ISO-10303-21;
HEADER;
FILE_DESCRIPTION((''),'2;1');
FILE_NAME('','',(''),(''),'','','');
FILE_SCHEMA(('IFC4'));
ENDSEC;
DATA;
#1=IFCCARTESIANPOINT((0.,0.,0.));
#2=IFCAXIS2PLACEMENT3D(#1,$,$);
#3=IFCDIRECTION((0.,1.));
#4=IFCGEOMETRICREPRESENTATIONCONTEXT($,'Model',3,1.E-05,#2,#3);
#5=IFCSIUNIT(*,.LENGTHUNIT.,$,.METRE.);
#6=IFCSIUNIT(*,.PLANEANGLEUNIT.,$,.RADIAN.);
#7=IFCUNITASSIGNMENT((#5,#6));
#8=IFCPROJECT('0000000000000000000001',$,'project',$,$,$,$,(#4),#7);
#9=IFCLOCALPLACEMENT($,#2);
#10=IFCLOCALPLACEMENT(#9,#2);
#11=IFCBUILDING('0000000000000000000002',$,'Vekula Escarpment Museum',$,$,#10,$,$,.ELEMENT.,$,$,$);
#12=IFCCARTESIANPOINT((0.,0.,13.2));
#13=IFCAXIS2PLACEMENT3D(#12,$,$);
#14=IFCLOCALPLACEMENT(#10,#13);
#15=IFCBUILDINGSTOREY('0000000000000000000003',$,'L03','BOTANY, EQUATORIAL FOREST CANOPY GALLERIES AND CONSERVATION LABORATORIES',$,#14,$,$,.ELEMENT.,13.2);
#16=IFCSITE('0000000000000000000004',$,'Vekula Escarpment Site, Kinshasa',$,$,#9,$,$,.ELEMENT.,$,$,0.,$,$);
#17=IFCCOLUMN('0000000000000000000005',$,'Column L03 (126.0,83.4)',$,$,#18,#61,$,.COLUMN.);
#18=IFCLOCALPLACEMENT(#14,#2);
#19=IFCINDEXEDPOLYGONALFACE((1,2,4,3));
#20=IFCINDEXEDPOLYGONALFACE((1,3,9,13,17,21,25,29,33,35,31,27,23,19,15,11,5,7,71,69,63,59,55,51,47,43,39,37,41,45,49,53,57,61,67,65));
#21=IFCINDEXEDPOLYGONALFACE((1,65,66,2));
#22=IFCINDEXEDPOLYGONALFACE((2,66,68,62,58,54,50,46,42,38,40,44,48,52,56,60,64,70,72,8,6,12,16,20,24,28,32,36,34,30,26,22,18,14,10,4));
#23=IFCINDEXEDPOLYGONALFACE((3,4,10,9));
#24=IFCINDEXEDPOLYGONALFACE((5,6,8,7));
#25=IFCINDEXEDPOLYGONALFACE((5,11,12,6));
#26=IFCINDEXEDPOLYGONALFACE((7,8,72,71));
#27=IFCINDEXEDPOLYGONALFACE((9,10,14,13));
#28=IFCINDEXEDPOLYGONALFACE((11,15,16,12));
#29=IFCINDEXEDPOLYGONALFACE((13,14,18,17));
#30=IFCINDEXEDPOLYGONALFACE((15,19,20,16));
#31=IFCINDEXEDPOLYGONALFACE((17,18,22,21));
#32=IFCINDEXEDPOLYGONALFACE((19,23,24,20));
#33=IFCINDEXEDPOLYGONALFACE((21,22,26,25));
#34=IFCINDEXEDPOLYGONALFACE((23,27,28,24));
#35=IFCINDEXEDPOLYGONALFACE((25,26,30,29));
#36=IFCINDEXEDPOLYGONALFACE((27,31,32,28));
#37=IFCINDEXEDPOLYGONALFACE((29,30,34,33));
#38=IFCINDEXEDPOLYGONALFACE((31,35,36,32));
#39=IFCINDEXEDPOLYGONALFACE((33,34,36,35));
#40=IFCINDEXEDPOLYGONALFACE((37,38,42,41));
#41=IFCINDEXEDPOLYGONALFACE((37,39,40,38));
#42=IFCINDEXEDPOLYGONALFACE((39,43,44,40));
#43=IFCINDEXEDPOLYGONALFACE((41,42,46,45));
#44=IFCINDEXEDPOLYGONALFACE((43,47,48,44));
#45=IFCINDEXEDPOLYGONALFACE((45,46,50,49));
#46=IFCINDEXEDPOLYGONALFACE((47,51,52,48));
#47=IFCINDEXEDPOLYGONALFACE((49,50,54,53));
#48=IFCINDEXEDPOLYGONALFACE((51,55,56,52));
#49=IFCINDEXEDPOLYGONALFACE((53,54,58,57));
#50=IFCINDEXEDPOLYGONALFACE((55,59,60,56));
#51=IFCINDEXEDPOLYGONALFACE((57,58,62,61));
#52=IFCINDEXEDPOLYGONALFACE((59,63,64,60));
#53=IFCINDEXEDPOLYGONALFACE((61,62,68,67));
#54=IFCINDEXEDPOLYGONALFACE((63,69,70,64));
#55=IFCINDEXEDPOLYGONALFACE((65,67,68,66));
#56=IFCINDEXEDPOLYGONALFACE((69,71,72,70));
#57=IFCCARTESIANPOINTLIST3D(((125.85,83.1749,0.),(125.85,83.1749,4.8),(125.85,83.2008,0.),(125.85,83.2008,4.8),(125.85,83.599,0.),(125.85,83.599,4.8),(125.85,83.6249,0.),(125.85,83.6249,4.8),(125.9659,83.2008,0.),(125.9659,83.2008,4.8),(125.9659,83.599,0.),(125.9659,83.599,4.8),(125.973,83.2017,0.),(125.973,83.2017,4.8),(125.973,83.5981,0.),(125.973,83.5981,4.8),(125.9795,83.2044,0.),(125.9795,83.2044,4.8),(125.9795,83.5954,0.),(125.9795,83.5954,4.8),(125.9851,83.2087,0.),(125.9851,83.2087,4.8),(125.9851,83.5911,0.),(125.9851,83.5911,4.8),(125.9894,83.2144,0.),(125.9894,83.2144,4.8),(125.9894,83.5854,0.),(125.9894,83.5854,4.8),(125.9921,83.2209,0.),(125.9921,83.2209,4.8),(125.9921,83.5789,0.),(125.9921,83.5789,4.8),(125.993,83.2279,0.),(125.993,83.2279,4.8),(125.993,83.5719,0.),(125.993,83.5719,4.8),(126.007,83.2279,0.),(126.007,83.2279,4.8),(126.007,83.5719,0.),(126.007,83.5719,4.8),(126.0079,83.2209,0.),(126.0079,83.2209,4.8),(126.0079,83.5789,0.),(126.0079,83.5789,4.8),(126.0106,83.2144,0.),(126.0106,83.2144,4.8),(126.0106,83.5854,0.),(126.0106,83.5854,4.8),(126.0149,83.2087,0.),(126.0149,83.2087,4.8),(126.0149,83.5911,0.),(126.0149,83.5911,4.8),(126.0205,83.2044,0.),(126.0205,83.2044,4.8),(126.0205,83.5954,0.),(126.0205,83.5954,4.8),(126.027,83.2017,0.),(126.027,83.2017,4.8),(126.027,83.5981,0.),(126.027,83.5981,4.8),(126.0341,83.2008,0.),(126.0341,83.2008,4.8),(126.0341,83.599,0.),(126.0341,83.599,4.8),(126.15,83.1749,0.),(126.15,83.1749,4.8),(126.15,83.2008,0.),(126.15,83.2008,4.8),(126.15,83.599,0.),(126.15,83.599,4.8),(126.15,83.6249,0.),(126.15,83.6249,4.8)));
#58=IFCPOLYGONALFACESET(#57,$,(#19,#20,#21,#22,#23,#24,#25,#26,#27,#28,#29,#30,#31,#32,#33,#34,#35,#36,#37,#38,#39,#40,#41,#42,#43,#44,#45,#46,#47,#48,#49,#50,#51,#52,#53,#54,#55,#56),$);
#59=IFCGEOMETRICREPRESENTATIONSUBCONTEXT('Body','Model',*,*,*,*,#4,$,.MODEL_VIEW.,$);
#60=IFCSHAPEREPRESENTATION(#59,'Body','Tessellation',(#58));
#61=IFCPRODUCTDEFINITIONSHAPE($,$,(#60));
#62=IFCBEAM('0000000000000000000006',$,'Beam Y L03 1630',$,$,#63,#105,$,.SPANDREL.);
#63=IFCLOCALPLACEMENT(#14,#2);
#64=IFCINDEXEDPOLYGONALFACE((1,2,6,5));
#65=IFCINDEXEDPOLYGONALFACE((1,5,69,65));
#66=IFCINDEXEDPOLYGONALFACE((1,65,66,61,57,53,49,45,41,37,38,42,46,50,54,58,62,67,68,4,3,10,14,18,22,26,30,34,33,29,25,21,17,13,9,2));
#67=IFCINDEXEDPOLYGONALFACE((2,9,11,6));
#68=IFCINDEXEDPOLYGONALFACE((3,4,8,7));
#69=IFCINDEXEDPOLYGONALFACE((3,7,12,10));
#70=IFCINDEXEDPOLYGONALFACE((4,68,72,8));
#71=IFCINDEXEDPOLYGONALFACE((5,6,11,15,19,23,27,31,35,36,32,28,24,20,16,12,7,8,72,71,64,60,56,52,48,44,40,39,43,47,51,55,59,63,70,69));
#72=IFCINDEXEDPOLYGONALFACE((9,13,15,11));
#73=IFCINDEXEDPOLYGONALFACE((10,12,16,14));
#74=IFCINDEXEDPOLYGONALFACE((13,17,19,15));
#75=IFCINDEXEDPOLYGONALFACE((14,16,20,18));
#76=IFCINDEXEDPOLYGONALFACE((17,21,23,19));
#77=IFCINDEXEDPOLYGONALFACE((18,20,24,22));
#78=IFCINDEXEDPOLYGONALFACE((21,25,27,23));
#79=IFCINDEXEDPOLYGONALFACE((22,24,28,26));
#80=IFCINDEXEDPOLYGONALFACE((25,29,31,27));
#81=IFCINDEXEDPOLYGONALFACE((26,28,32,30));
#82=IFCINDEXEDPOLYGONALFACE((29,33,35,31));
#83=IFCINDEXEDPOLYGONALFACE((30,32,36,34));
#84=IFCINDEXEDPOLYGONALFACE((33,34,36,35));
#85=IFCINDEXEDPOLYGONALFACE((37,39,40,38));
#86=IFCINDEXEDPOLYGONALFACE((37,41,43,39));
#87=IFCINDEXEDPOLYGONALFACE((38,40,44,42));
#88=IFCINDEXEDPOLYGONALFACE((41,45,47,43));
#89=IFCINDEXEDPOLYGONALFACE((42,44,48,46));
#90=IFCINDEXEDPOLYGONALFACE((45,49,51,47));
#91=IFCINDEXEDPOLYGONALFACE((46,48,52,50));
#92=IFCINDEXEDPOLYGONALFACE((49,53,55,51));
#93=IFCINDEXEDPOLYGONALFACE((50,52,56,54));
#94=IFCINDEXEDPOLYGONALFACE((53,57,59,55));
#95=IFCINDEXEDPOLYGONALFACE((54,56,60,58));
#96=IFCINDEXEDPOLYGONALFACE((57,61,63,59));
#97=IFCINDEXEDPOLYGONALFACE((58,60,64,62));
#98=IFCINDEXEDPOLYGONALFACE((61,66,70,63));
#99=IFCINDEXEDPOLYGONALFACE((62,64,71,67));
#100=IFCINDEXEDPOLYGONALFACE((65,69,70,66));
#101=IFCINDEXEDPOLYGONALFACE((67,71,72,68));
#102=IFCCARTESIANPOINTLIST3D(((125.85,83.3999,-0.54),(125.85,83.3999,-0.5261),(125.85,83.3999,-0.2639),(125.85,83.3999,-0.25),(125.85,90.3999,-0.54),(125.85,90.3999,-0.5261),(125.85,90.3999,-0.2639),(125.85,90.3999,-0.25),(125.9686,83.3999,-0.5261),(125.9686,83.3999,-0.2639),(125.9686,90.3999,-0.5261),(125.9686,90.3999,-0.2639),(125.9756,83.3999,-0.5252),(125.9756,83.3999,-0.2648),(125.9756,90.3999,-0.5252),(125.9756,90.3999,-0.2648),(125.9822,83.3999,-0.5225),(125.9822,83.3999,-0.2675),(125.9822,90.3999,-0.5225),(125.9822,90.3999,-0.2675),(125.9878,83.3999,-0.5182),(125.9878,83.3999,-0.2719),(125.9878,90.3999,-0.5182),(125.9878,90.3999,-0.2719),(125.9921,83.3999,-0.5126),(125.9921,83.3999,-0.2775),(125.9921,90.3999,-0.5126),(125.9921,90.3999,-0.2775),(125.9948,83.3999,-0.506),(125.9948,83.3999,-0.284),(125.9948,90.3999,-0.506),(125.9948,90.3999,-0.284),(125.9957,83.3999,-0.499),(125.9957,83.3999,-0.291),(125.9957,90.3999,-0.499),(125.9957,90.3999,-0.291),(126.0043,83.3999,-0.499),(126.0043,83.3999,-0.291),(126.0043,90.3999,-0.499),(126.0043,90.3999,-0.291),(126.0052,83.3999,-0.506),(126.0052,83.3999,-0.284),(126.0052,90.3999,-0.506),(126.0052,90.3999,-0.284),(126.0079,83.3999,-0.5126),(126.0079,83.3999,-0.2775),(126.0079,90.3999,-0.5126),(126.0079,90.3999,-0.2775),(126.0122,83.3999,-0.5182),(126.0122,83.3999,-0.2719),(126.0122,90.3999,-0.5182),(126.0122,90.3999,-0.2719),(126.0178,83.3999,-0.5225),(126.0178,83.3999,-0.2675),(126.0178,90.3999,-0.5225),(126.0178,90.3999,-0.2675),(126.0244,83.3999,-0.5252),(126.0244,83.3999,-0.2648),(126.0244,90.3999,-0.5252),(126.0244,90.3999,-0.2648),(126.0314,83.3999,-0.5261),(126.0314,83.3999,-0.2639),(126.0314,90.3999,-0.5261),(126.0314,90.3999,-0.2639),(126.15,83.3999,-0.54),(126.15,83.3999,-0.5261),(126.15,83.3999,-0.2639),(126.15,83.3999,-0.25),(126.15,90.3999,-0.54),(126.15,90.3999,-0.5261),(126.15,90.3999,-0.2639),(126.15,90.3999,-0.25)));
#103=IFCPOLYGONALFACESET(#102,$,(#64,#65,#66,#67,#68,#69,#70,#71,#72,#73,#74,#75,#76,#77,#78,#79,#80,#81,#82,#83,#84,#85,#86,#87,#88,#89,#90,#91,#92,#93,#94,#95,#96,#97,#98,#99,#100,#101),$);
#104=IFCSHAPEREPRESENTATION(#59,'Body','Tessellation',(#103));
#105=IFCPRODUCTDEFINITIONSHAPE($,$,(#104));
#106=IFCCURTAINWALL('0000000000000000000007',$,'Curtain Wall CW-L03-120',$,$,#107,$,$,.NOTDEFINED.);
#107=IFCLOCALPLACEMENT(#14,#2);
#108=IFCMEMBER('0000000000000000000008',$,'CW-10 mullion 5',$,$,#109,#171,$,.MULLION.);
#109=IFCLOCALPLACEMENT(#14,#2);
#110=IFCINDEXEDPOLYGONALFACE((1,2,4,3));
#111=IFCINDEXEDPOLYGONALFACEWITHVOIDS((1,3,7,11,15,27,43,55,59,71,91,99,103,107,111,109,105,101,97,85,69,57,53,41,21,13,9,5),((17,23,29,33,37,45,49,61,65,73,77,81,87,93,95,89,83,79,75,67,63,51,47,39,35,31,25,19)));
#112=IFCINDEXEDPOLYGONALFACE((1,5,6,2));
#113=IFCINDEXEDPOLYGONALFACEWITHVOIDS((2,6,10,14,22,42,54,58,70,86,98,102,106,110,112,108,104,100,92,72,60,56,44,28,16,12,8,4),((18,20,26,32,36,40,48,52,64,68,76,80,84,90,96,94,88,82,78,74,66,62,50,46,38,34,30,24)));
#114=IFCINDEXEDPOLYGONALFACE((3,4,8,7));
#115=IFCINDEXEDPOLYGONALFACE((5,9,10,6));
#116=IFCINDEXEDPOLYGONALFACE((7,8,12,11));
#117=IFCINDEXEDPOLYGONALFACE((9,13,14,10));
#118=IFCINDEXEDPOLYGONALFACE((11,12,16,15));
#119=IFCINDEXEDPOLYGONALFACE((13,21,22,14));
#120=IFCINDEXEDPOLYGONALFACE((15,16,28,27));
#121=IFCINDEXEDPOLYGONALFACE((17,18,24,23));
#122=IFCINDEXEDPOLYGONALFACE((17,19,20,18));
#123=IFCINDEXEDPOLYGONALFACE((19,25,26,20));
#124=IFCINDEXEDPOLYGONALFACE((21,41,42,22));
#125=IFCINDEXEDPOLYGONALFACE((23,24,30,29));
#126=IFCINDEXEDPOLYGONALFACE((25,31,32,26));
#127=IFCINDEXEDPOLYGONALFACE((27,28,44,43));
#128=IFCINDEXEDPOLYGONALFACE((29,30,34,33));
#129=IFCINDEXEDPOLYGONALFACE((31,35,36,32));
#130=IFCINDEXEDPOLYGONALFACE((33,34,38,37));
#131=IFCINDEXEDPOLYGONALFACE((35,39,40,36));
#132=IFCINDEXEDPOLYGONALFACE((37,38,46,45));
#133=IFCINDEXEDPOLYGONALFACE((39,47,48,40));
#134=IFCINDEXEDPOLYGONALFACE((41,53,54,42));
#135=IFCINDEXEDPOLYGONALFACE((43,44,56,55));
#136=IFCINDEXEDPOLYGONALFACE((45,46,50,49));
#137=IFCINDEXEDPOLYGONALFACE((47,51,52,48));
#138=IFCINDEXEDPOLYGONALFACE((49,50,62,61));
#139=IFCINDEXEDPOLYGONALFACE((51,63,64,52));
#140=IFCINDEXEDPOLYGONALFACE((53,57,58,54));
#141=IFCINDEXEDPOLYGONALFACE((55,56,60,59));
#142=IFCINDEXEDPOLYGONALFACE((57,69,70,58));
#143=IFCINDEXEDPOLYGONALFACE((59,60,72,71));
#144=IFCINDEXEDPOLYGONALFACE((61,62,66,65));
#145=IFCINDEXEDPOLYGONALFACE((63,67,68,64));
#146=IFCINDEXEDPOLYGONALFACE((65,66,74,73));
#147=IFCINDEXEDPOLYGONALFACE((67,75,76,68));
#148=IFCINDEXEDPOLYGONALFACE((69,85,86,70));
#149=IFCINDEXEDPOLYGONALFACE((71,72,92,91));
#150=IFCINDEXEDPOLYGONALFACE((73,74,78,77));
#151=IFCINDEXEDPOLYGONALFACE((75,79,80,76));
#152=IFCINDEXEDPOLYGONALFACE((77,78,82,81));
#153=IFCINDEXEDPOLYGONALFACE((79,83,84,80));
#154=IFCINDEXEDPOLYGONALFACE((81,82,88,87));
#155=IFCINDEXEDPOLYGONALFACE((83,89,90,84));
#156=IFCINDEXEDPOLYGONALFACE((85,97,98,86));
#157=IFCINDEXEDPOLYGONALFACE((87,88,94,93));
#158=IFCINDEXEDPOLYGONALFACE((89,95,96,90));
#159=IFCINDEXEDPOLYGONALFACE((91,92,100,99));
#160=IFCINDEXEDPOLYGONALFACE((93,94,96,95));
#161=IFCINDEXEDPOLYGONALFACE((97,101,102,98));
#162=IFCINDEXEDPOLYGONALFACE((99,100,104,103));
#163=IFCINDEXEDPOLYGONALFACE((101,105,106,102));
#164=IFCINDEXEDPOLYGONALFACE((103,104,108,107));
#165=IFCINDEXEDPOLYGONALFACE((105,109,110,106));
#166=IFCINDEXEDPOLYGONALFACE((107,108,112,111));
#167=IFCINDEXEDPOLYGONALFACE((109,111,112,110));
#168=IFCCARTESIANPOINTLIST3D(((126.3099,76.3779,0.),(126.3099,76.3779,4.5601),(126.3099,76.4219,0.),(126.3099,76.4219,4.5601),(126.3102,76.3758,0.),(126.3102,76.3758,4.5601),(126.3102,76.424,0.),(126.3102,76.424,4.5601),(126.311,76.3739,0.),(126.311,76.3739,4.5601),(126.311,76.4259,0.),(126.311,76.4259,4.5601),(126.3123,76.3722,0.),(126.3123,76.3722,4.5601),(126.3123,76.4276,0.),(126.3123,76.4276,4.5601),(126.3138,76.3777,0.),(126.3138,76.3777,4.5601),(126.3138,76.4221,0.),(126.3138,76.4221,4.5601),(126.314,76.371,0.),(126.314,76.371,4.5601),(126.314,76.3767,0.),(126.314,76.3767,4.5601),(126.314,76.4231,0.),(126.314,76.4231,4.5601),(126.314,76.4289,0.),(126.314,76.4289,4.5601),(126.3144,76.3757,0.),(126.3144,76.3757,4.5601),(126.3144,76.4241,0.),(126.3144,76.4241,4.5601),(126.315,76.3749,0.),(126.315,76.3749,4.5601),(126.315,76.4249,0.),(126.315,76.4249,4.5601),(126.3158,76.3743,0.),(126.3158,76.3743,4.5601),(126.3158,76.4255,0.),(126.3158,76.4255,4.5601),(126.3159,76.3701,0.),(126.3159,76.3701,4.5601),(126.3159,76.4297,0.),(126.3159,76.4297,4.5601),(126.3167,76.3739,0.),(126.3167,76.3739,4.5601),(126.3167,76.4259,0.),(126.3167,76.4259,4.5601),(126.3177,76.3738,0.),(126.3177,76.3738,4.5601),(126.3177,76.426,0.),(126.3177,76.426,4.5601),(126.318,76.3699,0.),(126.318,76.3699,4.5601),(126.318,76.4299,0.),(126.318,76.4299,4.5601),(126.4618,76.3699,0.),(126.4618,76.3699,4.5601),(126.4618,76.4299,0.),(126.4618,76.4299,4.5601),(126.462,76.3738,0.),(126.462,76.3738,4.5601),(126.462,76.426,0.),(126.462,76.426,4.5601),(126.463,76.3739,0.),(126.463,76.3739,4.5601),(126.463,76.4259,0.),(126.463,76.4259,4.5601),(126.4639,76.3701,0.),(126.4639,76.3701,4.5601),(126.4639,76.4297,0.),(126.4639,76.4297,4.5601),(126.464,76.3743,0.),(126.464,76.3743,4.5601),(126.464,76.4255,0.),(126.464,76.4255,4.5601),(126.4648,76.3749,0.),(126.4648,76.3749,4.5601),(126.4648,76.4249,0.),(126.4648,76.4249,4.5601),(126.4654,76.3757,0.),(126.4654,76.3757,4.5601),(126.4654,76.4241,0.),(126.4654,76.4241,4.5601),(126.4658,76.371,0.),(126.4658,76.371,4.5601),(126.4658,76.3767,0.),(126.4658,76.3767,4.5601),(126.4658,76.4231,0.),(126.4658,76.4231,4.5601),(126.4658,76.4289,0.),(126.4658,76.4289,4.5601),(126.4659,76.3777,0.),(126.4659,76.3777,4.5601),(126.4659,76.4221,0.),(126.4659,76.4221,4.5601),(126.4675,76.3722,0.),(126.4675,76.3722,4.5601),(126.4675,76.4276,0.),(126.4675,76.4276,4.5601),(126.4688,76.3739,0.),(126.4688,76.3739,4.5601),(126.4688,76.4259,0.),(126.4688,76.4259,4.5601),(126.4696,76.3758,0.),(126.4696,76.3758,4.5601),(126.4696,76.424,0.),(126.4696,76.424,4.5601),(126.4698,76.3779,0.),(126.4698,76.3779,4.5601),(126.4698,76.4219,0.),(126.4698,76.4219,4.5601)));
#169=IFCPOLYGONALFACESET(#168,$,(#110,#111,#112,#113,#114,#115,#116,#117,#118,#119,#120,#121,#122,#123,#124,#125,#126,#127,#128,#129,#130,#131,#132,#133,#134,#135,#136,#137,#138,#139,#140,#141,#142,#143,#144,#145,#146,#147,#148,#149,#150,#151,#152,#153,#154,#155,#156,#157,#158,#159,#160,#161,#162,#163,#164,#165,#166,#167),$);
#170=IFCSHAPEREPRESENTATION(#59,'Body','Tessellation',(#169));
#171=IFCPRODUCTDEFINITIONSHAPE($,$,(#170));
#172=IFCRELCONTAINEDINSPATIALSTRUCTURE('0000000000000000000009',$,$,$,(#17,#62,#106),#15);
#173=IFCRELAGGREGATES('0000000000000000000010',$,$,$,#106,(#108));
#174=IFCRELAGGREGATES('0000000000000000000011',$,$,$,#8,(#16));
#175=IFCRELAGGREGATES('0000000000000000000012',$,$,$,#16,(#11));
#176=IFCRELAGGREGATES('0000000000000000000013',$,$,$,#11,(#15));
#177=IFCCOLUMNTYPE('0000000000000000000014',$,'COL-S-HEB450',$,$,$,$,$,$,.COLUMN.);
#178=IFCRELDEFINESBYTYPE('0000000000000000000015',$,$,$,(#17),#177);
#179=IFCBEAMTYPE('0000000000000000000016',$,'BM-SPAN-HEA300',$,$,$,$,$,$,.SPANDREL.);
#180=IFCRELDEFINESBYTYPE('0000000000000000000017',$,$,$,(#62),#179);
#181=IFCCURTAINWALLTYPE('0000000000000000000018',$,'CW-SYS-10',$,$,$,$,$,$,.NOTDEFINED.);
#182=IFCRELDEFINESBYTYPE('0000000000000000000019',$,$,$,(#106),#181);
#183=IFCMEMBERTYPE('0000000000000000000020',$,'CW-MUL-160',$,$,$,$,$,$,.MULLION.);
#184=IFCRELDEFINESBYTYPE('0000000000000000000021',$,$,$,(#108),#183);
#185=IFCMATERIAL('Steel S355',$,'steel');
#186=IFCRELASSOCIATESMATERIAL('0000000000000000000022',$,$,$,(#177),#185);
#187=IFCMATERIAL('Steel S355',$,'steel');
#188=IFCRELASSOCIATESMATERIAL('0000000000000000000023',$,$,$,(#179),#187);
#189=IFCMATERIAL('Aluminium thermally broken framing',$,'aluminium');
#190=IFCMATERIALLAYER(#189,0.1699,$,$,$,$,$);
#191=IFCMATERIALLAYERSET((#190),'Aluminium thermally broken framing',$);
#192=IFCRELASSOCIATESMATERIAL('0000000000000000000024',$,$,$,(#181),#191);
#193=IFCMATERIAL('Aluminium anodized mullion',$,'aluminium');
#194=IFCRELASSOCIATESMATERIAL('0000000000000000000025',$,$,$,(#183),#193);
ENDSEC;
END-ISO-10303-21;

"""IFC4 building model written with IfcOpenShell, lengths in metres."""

from ifc_helpers import new_model, si_unit, direction, frame, origin, origin_2d, place, context, subcontext, project, spatial, hollow_rectangle, i_section, extrude, material, layer, layer_set, material_profile, profile_set, type_object, element, aggregate, save


model = new_model("IFC4")

# Units and contexts
model_context = context("Model", 3, precision=1e-05, world=origin(), true_north=direction((0.0, 1.0)))
body_context = subcontext(model_context, "Body", "Model", "MODEL_VIEW")
ifc_project = project(units=[si_unit("LENGTHUNIT", "METRE"), si_unit("PLANEANGLEUNIT", "RADIAN")], contexts=[model_context])

# Site, building, storey
site_placement = place(None, origin())
site = spatial("IfcSite", under=ifc_project, at=site_placement, Name="Vekula Escarpment Site, Kinshasa", CompositionType="ELEMENT", RefElevation=0.0)
building_placement = place(site_placement, origin())
building = spatial("IfcBuilding", under=site, at=building_placement, Name="Vekula Escarpment Museum", CompositionType="ELEMENT")
storey_placement = place(building_placement, frame((0.0, 0.0, 13.2)))
storey = spatial("IfcBuildingStorey", under=building, at=storey_placement, Name="L03", Description="BOTANY, EQUATORIAL FOREST CANOPY GALLERIES AND CONSERVATION LABORATORIES", CompositionType="ELEMENT", Elevation=13.2)

# Column
ifc_material_1 = material(Name="Steel S355", Category="steel")
ifc_material_profile_1 = material_profile(ifc_material_1, i_section(OverallWidth=0.3, OverallDepth=0.45, WebThickness=0.0139, FlangeThickness=0.0259, FilletRadius=0.0271, at=origin_2d()), Name="HEB 450")
ifc_profile_set_1 = profile_set([ifc_material_profile_1], Name="Steel S355")
column_type = type_object("IfcColumnType", Name="COL-S-HEB450", PredefinedType="COLUMN", material=ifc_profile_set_1)
column_placement = place(storey_placement, frame((126.0, 83.3999, 0.0), z_axis=(0.0, 0.0, 1.0), x_axis=(1.0, 0.0, 0.0)))
element("IfcColumn", 1, at=column_placement, inside=storey, type_object=column_type, Name="Column L03 (126.0,83.4)", PredefinedType="COLUMN", context=body_context, shape_type="SweptSolid", body=[
    extrude(i_section(OverallWidth=0.3, OverallDepth=0.45, WebThickness=0.0139, FlangeThickness=0.0259, FilletRadius=0.0271, at=origin_2d()), origin(), (0.0, 0.0, 1.0), 4.8),
])

# Beam
ifc_material_2 = material(Name="Steel S355", Category="steel")
ifc_material_profile_2 = material_profile(ifc_material_2, i_section(OverallWidth=0.3, OverallDepth=0.29, WebThickness=0.0085, FlangeThickness=0.0139, FilletRadius=0.0271, at=origin_2d()), Name="HEA 300")
ifc_profile_set_2 = profile_set([ifc_material_profile_2], Name="Steel S355")
beam_type = type_object("IfcBeamType", Name="BM-SPAN-HEA300", PredefinedType="SPANDREL", material=ifc_profile_set_2)
beam_placement = place(storey_placement, frame((126.0, 83.3999, -0.395), z_axis=(0.0, 1.0, 0.0), x_axis=(-1.0, 0.0, 0.0)))
element("IfcBeam", 2, at=beam_placement, inside=storey, type_object=beam_type, Name="Beam Y L03 1630", PredefinedType="SPANDREL", context=body_context, shape_type="SweptSolid", body=[
    extrude(i_section(OverallWidth=0.3, OverallDepth=0.29, WebThickness=0.0085, FlangeThickness=0.0139, FilletRadius=0.0271, at=origin_2d()), origin(), (0.0, 0.0, 1.0), 7.0),
])

# Curtain wall, member
ifc_material_3 = material(Name="Aluminium thermally broken framing", Category="aluminium")
ifc_layer_1 = layer(ifc_material_3, 0.1699)
ifc_layer_set_1 = layer_set([ifc_layer_1], Name="Aluminium thermally broken framing")
curtain_wall_type_1 = type_object("IfcCurtainWallType", Name="CW-SYS-10", PredefinedType="NOTDEFINED", material=ifc_layer_set_1)
curtain_wall_1_placement = place(storey_placement, origin())
curtain_wall_1 = element("IfcCurtainWall", 3, at=curtain_wall_1_placement, inside=storey, type_object=curtain_wall_type_1, Name="Curtain Wall CW-L03-120", PredefinedType="NOTDEFINED")
ifc_material_4 = material(Name="Aluminium anodized mullion", Category="aluminium")
ifc_material_profile_3 = material_profile(ifc_material_4, hollow_rectangle(XDim=0.0601, YDim=0.1599, WallThickness=0.0039, InnerFilletRadius=0.0039, OuterFilletRadius=0.0081, at=origin_2d()), Name="ALU 160x60x4")
ifc_profile_set_3 = profile_set([ifc_material_profile_3], Name="Aluminium anodized mullion")
member_type_1 = type_object("IfcMemberType", Name="CW-MUL-160", PredefinedType="MULLION", material=ifc_profile_set_3)
member_1_placement = place(storey_placement, frame((126.3899, 76.3999, 0.0), z_axis=(0.0, 0.0, 1.0), x_axis=(0.0, -1.0, 0.0)))
member_1 = element("IfcMember", 4, at=member_1_placement, type_object=member_type_1, Name="CW-10 mullion 5", PredefinedType="MULLION", context=body_context, shape_type="SweptSolid", body=[
    extrude(hollow_rectangle(XDim=0.0601, YDim=0.1599, WallThickness=0.0039, InnerFilletRadius=0.0039, OuterFilletRadius=0.0081, at=origin_2d()), origin(), (0.0, 0.0, 1.0), 4.5601),
])
aggregate(curtain_wall_1, [member_1])

save(model, "model.ifc")
